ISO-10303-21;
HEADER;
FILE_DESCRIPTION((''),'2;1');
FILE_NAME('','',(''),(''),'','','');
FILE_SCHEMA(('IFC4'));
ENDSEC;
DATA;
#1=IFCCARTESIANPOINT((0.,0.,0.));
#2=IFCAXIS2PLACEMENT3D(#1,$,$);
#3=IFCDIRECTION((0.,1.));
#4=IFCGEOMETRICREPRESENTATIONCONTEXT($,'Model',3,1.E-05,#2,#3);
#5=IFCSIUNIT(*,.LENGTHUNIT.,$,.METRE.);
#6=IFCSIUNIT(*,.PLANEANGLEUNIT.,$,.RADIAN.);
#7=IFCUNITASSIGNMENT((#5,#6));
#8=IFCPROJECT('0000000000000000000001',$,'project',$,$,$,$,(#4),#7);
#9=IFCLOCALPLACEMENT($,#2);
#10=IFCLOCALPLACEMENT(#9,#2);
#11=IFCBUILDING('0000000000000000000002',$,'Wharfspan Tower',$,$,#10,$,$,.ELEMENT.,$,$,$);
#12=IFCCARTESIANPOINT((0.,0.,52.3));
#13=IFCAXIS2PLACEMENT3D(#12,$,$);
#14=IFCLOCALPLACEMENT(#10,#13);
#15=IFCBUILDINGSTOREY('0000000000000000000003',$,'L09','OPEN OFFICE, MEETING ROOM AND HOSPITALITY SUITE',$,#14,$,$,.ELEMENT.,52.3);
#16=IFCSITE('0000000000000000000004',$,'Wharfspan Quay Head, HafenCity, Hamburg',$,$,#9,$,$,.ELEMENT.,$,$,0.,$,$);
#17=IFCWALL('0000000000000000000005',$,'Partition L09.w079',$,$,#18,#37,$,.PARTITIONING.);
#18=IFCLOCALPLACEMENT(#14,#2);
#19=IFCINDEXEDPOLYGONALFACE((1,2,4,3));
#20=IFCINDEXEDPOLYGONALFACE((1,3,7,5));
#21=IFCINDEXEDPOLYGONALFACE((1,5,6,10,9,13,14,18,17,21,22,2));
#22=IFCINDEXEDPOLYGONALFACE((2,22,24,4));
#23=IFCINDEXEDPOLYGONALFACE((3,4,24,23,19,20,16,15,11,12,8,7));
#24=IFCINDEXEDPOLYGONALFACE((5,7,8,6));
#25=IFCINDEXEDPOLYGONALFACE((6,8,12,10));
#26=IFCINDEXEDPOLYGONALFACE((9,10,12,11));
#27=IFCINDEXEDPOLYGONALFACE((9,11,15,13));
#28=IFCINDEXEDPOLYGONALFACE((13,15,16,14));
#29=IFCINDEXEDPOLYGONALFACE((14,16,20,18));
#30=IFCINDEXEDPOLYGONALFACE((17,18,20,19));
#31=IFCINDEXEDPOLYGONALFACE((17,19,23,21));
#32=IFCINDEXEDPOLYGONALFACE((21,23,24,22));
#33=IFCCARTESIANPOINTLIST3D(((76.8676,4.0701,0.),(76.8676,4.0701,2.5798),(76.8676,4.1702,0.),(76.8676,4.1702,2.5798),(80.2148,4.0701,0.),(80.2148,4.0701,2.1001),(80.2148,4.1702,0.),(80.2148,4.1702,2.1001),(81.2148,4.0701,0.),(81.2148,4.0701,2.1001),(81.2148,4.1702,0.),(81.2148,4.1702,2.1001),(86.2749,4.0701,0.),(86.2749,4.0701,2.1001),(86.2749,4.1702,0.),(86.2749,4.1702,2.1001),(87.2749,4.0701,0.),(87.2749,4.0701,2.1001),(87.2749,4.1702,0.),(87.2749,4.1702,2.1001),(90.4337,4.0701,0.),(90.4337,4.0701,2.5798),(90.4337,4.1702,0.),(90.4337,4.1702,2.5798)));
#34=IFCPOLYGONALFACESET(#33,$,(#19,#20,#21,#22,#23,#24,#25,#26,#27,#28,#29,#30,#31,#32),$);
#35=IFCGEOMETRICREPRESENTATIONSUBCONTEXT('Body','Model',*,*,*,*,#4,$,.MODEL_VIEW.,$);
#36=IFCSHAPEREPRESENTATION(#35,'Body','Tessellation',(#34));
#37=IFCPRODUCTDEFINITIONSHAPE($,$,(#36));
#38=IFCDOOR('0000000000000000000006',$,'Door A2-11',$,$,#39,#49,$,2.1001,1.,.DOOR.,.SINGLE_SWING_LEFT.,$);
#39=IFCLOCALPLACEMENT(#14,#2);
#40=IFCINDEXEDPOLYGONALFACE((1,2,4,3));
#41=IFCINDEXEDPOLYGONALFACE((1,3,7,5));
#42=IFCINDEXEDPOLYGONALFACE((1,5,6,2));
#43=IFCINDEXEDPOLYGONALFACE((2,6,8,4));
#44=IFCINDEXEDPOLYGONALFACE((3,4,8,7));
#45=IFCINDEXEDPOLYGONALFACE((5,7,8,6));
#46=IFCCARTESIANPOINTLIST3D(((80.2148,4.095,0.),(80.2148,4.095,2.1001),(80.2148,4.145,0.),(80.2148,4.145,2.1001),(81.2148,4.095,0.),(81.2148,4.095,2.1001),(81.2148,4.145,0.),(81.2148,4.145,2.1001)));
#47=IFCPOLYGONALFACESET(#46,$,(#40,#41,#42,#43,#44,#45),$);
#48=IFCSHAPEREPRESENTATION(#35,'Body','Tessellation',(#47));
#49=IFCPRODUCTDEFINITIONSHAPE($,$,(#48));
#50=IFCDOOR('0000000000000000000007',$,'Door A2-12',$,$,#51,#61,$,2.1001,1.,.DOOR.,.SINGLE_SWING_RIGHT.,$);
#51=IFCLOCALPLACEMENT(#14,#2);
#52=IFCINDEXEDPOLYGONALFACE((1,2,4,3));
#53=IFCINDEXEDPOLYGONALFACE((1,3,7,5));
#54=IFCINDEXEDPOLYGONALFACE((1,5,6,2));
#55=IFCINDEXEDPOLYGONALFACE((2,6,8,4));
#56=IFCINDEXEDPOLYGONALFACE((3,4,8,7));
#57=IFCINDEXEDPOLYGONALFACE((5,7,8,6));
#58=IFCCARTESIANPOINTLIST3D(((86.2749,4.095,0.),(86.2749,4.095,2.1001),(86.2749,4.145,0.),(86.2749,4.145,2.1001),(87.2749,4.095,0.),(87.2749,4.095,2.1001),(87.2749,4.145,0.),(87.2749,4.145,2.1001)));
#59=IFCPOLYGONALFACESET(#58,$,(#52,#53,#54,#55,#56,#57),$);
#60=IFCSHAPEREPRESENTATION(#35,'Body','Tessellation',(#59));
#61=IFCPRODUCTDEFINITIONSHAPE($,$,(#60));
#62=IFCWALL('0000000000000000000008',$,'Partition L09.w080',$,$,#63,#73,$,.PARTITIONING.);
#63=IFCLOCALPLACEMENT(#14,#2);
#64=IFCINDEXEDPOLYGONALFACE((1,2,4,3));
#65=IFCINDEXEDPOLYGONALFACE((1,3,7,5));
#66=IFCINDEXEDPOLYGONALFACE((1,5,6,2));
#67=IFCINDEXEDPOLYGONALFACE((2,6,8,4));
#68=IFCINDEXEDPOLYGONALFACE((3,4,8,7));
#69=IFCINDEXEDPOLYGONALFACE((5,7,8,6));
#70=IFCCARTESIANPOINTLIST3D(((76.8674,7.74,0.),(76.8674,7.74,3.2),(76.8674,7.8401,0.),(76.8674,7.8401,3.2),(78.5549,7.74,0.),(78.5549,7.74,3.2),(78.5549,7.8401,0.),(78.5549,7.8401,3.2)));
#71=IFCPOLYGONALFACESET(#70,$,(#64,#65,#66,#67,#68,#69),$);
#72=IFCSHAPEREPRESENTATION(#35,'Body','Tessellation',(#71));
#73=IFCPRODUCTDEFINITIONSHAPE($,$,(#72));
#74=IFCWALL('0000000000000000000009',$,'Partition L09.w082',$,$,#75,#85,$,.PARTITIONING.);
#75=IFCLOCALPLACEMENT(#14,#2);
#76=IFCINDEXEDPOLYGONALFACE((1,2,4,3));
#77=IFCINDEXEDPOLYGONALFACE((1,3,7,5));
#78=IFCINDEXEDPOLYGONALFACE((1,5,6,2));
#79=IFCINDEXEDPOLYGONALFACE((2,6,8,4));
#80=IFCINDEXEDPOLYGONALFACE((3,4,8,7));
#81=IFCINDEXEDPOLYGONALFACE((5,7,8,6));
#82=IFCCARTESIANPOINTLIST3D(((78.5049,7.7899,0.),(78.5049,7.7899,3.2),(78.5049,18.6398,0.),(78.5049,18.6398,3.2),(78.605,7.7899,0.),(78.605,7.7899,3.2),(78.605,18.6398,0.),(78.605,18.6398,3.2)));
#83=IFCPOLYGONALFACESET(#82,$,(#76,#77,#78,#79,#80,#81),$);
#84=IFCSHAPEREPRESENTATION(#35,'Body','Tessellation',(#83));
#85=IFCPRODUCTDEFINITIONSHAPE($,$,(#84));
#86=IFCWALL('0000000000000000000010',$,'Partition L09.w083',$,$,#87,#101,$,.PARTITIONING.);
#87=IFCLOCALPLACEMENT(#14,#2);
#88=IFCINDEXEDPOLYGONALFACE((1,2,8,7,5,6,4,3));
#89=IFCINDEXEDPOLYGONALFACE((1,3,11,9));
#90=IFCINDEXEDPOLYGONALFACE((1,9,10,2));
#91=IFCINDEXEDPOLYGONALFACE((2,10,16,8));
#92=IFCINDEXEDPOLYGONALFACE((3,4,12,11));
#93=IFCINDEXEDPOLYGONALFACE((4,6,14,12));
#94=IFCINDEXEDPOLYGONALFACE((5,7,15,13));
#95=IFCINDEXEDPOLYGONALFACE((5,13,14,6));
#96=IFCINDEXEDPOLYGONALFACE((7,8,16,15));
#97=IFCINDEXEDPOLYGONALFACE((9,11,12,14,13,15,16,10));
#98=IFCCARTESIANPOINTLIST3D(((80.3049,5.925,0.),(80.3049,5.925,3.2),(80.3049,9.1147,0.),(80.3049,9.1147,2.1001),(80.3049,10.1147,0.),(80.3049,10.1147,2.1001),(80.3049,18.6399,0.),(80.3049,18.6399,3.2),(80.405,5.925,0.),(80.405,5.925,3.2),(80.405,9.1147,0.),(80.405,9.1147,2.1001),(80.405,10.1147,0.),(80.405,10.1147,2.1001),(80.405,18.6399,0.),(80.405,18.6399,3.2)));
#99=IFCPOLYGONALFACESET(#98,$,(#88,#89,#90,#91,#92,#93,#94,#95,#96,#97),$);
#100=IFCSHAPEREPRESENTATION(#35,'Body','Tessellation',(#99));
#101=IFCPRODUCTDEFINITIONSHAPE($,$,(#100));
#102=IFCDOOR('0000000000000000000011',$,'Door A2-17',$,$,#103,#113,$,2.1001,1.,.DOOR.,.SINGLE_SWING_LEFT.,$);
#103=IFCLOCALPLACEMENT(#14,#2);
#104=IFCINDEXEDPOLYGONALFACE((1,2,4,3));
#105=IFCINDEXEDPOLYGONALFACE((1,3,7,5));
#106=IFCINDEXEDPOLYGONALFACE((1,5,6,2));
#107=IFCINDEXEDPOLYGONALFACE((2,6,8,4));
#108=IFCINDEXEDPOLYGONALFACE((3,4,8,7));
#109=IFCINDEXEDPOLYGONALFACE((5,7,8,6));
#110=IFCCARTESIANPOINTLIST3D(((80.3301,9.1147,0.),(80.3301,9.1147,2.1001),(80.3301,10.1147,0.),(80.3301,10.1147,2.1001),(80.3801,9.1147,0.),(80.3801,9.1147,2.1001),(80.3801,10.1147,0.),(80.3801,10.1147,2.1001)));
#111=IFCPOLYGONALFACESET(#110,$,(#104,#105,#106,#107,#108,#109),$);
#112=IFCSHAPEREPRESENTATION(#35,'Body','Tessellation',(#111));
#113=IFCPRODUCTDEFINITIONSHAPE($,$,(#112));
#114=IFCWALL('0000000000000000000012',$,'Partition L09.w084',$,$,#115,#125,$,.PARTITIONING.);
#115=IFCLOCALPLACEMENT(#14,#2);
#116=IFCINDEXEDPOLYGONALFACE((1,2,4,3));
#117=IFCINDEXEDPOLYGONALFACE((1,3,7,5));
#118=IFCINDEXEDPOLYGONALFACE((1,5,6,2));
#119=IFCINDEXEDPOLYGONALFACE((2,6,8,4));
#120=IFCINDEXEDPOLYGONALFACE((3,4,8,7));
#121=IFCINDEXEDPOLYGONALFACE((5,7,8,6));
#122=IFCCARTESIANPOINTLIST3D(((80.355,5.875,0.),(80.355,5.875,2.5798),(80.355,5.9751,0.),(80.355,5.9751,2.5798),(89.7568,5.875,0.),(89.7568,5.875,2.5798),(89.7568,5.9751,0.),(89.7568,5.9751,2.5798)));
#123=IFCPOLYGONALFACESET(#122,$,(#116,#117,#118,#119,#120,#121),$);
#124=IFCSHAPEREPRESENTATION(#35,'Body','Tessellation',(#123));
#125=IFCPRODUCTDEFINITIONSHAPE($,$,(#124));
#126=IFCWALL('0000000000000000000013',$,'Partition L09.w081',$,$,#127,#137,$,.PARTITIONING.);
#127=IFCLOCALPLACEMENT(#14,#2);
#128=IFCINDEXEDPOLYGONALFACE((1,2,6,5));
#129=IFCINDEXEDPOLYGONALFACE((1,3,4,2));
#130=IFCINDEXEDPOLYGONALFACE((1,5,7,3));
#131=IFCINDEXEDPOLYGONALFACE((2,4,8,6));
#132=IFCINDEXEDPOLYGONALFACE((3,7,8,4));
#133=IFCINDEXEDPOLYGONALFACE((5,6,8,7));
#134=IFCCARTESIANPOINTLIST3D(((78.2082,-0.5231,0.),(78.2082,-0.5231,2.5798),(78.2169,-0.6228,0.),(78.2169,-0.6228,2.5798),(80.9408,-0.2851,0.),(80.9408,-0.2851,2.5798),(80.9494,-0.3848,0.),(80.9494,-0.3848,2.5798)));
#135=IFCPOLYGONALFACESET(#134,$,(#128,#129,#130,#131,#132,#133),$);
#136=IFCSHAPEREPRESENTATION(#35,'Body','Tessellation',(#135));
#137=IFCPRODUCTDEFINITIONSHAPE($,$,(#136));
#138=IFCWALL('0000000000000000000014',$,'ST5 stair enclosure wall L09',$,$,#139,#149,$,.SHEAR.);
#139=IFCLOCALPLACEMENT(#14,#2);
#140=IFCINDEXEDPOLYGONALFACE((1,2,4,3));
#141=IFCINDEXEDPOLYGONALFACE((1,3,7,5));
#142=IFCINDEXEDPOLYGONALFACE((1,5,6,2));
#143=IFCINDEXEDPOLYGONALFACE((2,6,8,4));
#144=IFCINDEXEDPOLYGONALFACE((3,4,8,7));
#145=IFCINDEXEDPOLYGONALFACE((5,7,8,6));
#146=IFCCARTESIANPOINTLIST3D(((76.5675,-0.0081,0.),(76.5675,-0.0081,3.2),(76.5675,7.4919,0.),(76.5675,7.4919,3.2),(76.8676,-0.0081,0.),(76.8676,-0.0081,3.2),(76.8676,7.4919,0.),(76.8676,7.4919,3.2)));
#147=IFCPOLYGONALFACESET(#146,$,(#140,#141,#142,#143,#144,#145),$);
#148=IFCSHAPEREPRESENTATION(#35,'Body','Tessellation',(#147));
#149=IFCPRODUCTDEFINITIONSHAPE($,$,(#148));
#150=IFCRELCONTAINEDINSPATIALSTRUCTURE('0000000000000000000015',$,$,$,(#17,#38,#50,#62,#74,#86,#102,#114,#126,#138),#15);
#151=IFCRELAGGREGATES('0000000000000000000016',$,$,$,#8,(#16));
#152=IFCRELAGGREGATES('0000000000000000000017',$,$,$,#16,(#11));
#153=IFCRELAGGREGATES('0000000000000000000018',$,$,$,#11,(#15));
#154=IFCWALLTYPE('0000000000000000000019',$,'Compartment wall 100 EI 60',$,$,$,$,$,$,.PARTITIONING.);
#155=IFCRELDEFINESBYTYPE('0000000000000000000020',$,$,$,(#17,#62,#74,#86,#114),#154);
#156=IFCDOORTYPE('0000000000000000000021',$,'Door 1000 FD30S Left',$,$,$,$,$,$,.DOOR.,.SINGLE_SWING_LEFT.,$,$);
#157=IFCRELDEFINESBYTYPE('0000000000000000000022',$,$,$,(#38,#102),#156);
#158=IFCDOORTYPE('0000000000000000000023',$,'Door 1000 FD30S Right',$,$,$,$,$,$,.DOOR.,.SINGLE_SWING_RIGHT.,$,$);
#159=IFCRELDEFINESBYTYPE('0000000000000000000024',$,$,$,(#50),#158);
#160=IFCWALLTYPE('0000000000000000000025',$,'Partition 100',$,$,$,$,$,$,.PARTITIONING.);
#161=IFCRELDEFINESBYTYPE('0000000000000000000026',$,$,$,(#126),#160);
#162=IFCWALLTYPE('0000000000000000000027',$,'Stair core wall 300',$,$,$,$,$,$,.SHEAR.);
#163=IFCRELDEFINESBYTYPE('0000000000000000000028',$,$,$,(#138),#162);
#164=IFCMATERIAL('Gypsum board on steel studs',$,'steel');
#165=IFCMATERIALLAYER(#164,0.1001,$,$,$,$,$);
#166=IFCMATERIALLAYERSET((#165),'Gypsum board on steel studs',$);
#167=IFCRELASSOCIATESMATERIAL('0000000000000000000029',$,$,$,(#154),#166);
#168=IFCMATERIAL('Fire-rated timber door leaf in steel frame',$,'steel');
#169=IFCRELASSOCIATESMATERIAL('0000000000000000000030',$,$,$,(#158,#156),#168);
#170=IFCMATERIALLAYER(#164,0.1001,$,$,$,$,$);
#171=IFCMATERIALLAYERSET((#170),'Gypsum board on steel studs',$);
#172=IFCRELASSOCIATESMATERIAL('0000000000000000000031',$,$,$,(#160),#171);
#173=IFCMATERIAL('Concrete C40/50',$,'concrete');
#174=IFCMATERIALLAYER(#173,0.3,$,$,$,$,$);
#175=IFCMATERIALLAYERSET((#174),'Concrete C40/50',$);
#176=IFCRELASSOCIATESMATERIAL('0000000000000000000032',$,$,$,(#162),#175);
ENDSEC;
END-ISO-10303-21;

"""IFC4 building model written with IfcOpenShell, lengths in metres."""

from ifc_helpers import new_model, si_unit, direction, frame, frame_2d, origin, place, context, subcontext, project, spatial, rectangle, extrude, material, layer, layer_set, type_object, element, fill, save


model = new_model("IFC4")

# Units and contexts
model_context = context("Model", 3, precision=1e-05, world=origin(), true_north=direction((0.0, 1.0)))
body_context = subcontext(model_context, "Body", "Model", "MODEL_VIEW")
ifc_project = project(units=[si_unit("LENGTHUNIT", "METRE"), si_unit("PLANEANGLEUNIT", "RADIAN")], contexts=[model_context])

# Site, building, storey
site_placement = place(None, origin())
site = spatial("IfcSite", under=ifc_project, at=site_placement, Name="Wharfspan Quay Head, HafenCity, Hamburg", CompositionType="ELEMENT", RefElevation=0.0)
building_placement = place(site_placement, origin())
building = spatial("IfcBuilding", under=site, at=building_placement, Name="Wharfspan Tower", CompositionType="ELEMENT")
storey_placement = place(building_placement, frame((0.0, 0.0, 52.3)))
storey = spatial("IfcBuildingStorey", under=building, at=storey_placement, Name="L09", Description="OPEN OFFICE, MEETING ROOM AND HOSPITALITY SUITE", CompositionType="ELEMENT", Elevation=52.3)

# Shared definitions
ifc_material_1 = material(Name="Gypsum board on steel studs", Category="steel")
ifc_layer_1 = layer(ifc_material_1, 0.1001)
ifc_layer_set_1 = layer_set([ifc_layer_1], Name="Gypsum board on steel studs")
wall_type_1 = type_object("IfcWallType", Name="Compartment wall 100 EI 60", PredefinedType="PARTITIONING", material=ifc_layer_set_1)
ifc_material_2 = material(Name="Fire-rated timber door leaf in steel frame", Category="steel")
door_type_1 = type_object("IfcDoorType", Name="Door 1000 FD30S Right", OperationType="SINGLE_SWING_RIGHT", PredefinedType="DOOR", material=ifc_material_2)

# Wall, openings, doors
wall_1_placement = place(storey_placement, frame((76.8674, 4.1201, 0.0), z_axis=(0.0, 0.0, 1.0), x_axis=(1.0, 0.0, 0.0)))
wall_1 = element("IfcWall", 1, at=wall_1_placement, inside=storey, type_object=wall_type_1, Name="Partition L09.w079", PredefinedType="PARTITIONING", context=body_context, shape_type="SweptSolid", body=[
    extrude(rectangle(XDim=13.5662, YDim=0.1001, at=frame_2d((6.7832, 0.0))), origin(), (0.0, 0.0, 1.0), 2.5798),
])
opening_1_placement = place(wall_1_placement, frame((3.3474, 0.0, 0.0)))
opening_1 = element("IfcOpeningElement", 2, at=opening_1_placement, cuts=wall_1, PredefinedType="OPENING", context=body_context, shape_type="SweptSolid", body=[
    extrude(rectangle(XDim=1.0, YDim=2.1001, at=frame_2d((0.5, 1.05))), frame((0.0, 0.0601, 0.0), z_axis=(0.0, -1.0, 0.0), x_axis=(1.0, 0.0, 0.0)), (0.0, 0.0, 1.0), 0.1201),
])
opening_2_placement = place(wall_1_placement, frame((9.4075, 0.0, 0.0)))
opening_2 = element("IfcOpeningElement", 3, at=opening_2_placement, cuts=wall_1, PredefinedType="OPENING", context=body_context, shape_type="SweptSolid", body=[
    extrude(rectangle(XDim=1.0, YDim=2.1001, at=frame_2d((0.5, 1.05))), frame((0.0, 0.0601, 0.0), z_axis=(0.0, -1.0, 0.0), x_axis=(1.0, 0.0, 0.0)), (0.0, 0.0, 1.0), 0.1201),
])
door_type_2 = type_object("IfcDoorType", Name="Door 1000 FD30S Left", OperationType="SINGLE_SWING_LEFT", PredefinedType="DOOR", material=ifc_material_2)
door_1_placement = place(opening_1_placement, origin())
door_1 = element("IfcDoor", 4, at=door_1_placement, inside=storey, type_object=door_type_2, Name="Door A2-11", OperationType="SINGLE_SWING_LEFT", OverallHeight=2.1001, OverallWidth=1.0, PredefinedType="DOOR", context=body_context, shape_type="SweptSolid", body=[
    extrude(rectangle(XDim=1.0, YDim=2.1001, at=frame_2d((0.5, 1.05))), frame((0.0, 0.0249, 0.0), z_axis=(0.0, -1.0, 0.0), x_axis=(1.0, 0.0, 0.0)), (0.0, 0.0, 1.0), 0.05),
])
fill(opening_1, door_1)
door_2_placement = place(opening_2_placement, origin())
door_2 = element("IfcDoor", 5, at=door_2_placement, inside=storey, type_object=door_type_1, Name="Door A2-12", OperationType="SINGLE_SWING_RIGHT", OverallHeight=2.1001, OverallWidth=1.0, PredefinedType="DOOR", context=body_context, shape_type="SweptSolid", body=[
    extrude(rectangle(XDim=1.0, YDim=2.1001, at=frame_2d((0.5, 1.05))), frame((0.0, 0.0249, 0.0), z_axis=(0.0, -1.0, 0.0), x_axis=(1.0, 0.0, 0.0)), (0.0, 0.0, 1.0), 0.05),
])
fill(opening_2, door_2)

# Walls
wall_2_placement = place(storey_placement, frame((76.8674, 7.79, 0.0), z_axis=(0.0, 0.0, 1.0), x_axis=(1.0, 0.0, 0.0)))
element("IfcWall", 6, at=wall_2_placement, inside=storey, type_object=wall_type_1, Name="Partition L09.w080", PredefinedType="PARTITIONING", context=body_context, shape_type="SweptSolid", body=[
    extrude(rectangle(XDim=1.6875, YDim=0.1001, at=frame_2d((0.8438, 0.0))), origin(), (0.0, 0.0, 1.0), 3.2),
])
wall_3_placement = place(storey_placement, frame((78.5549, 7.79, 0.0), z_axis=(0.0, 0.0, 1.0), x_axis=(0.0, 1.0, 0.0)))
element("IfcWall", 7, at=wall_3_placement, inside=storey, type_object=wall_type_1, Name="Partition L09.w082", PredefinedType="PARTITIONING", context=body_context, shape_type="SweptSolid", body=[
    extrude(rectangle(XDim=10.8499, YDim=0.1001, at=frame_2d((5.4248, 0.0))), origin(), (0.0, 0.0, 1.0), 3.2),
])

# Wall, opening, door
wall_4_placement = place(storey_placement, frame((80.355, 5.925, 0.0), z_axis=(0.0, 0.0, 1.0), x_axis=(0.0, 1.0, 0.0)))
wall_4 = element("IfcWall", 8, at=wall_4_placement, inside=storey, type_object=wall_type_1, Name="Partition L09.w083", PredefinedType="PARTITIONING", context=body_context, shape_type="SweptSolid", body=[
    extrude(rectangle(XDim=12.7148, YDim=0.1001, at=frame_2d((6.3574, 0.0))), origin(), (0.0, 0.0, 1.0), 3.2),
])
opening_3_placement = place(wall_4_placement, frame((3.1897, 0.0, 0.0)))
opening_3 = element("IfcOpeningElement", 9, at=opening_3_placement, cuts=wall_4, PredefinedType="OPENING", context=body_context, shape_type="SweptSolid", body=[
    extrude(rectangle(XDim=1.0, YDim=2.1001, at=frame_2d((0.5, 1.05))), frame((0.0, 0.0601, 0.0), z_axis=(0.0, -1.0, 0.0), x_axis=(1.0, 0.0, 0.0)), (0.0, 0.0, 1.0), 0.1201),
])
door_3_placement = place(opening_3_placement, origin())
door_3 = element("IfcDoor", 10, at=door_3_placement, inside=storey, type_object=door_type_2, Name="Door A2-17", OperationType="SINGLE_SWING_LEFT", OverallHeight=2.1001, OverallWidth=1.0, PredefinedType="DOOR", context=body_context, shape_type="SweptSolid", body=[
    extrude(rectangle(XDim=1.0, YDim=2.1001, at=frame_2d((0.5, 1.05))), frame((0.0, 0.0249, 0.0), z_axis=(0.0, -1.0, 0.0), x_axis=(1.0, 0.0, 0.0)), (0.0, 0.0, 1.0), 0.05),
])
fill(opening_3, door_3)

# Walls
wall_5_placement = place(storey_placement, frame((80.355, 5.925, 0.0), z_axis=(0.0, 0.0, 1.0), x_axis=(1.0, 0.0, 0.0)))
element("IfcWall", 11, at=wall_5_placement, inside=storey, type_object=wall_type_1, Name="Partition L09.w084", PredefinedType="PARTITIONING", context=body_context, shape_type="SweptSolid", body=[
    extrude(rectangle(XDim=9.4019, YDim=0.1001, at=frame_2d((4.7009, 0.0))), origin(), (0.0, 0.0, 1.0), 2.5798),
])
ifc_layer_2 = layer(ifc_material_1, 0.1001)
ifc_layer_set_2 = layer_set([ifc_layer_2], Name="Gypsum board on steel studs")
wall_type_2 = type_object("IfcWallType", Name="Partition 100", PredefinedType="PARTITIONING", material=ifc_layer_set_2)
wall_6_placement = place(storey_placement, frame((78.2124, -0.573, 0.0), z_axis=(0.0, 0.0, 1.0), x_axis=(0.996224, 0.086779, 0.0)))
element("IfcWall", 12, at=wall_6_placement, inside=storey, type_object=wall_type_2, Name="Partition L09.w081", PredefinedType="PARTITIONING", context=body_context, shape_type="SweptSolid", body=[
    extrude(rectangle(XDim=2.7429, YDim=0.1001, at=frame_2d((1.3716, 0.0))), origin(), (0.0, 0.0, 1.0), 2.5798),
])
ifc_material_3 = material(Name="Concrete C40/50", Category="concrete")
ifc_layer_3 = layer(ifc_material_3, 0.3)
ifc_layer_set_3 = layer_set([ifc_layer_3], Name="Concrete C40/50")
wall_type_3 = type_object("IfcWallType", Name="Stair core wall 300", PredefinedType="SHEAR", material=ifc_layer_set_3)
wall_7_placement = place(storey_placement, frame((76.7175, -0.0081, 0.0), z_axis=(0.0, 0.0, 1.0), x_axis=(0.0, 1.0, 0.0)))
element("IfcWall", 13, at=wall_7_placement, inside=storey, type_object=wall_type_3, Name="ST5 stair enclosure wall L09", PredefinedType="SHEAR", context=body_context, shape_type="SweptSolid", body=[
    extrude(rectangle(XDim=7.5, YDim=0.3, at=frame_2d((3.75, 0.0))), origin(), (0.0, 0.0, 1.0), 3.2),
])

save(model, "model.ifc")
